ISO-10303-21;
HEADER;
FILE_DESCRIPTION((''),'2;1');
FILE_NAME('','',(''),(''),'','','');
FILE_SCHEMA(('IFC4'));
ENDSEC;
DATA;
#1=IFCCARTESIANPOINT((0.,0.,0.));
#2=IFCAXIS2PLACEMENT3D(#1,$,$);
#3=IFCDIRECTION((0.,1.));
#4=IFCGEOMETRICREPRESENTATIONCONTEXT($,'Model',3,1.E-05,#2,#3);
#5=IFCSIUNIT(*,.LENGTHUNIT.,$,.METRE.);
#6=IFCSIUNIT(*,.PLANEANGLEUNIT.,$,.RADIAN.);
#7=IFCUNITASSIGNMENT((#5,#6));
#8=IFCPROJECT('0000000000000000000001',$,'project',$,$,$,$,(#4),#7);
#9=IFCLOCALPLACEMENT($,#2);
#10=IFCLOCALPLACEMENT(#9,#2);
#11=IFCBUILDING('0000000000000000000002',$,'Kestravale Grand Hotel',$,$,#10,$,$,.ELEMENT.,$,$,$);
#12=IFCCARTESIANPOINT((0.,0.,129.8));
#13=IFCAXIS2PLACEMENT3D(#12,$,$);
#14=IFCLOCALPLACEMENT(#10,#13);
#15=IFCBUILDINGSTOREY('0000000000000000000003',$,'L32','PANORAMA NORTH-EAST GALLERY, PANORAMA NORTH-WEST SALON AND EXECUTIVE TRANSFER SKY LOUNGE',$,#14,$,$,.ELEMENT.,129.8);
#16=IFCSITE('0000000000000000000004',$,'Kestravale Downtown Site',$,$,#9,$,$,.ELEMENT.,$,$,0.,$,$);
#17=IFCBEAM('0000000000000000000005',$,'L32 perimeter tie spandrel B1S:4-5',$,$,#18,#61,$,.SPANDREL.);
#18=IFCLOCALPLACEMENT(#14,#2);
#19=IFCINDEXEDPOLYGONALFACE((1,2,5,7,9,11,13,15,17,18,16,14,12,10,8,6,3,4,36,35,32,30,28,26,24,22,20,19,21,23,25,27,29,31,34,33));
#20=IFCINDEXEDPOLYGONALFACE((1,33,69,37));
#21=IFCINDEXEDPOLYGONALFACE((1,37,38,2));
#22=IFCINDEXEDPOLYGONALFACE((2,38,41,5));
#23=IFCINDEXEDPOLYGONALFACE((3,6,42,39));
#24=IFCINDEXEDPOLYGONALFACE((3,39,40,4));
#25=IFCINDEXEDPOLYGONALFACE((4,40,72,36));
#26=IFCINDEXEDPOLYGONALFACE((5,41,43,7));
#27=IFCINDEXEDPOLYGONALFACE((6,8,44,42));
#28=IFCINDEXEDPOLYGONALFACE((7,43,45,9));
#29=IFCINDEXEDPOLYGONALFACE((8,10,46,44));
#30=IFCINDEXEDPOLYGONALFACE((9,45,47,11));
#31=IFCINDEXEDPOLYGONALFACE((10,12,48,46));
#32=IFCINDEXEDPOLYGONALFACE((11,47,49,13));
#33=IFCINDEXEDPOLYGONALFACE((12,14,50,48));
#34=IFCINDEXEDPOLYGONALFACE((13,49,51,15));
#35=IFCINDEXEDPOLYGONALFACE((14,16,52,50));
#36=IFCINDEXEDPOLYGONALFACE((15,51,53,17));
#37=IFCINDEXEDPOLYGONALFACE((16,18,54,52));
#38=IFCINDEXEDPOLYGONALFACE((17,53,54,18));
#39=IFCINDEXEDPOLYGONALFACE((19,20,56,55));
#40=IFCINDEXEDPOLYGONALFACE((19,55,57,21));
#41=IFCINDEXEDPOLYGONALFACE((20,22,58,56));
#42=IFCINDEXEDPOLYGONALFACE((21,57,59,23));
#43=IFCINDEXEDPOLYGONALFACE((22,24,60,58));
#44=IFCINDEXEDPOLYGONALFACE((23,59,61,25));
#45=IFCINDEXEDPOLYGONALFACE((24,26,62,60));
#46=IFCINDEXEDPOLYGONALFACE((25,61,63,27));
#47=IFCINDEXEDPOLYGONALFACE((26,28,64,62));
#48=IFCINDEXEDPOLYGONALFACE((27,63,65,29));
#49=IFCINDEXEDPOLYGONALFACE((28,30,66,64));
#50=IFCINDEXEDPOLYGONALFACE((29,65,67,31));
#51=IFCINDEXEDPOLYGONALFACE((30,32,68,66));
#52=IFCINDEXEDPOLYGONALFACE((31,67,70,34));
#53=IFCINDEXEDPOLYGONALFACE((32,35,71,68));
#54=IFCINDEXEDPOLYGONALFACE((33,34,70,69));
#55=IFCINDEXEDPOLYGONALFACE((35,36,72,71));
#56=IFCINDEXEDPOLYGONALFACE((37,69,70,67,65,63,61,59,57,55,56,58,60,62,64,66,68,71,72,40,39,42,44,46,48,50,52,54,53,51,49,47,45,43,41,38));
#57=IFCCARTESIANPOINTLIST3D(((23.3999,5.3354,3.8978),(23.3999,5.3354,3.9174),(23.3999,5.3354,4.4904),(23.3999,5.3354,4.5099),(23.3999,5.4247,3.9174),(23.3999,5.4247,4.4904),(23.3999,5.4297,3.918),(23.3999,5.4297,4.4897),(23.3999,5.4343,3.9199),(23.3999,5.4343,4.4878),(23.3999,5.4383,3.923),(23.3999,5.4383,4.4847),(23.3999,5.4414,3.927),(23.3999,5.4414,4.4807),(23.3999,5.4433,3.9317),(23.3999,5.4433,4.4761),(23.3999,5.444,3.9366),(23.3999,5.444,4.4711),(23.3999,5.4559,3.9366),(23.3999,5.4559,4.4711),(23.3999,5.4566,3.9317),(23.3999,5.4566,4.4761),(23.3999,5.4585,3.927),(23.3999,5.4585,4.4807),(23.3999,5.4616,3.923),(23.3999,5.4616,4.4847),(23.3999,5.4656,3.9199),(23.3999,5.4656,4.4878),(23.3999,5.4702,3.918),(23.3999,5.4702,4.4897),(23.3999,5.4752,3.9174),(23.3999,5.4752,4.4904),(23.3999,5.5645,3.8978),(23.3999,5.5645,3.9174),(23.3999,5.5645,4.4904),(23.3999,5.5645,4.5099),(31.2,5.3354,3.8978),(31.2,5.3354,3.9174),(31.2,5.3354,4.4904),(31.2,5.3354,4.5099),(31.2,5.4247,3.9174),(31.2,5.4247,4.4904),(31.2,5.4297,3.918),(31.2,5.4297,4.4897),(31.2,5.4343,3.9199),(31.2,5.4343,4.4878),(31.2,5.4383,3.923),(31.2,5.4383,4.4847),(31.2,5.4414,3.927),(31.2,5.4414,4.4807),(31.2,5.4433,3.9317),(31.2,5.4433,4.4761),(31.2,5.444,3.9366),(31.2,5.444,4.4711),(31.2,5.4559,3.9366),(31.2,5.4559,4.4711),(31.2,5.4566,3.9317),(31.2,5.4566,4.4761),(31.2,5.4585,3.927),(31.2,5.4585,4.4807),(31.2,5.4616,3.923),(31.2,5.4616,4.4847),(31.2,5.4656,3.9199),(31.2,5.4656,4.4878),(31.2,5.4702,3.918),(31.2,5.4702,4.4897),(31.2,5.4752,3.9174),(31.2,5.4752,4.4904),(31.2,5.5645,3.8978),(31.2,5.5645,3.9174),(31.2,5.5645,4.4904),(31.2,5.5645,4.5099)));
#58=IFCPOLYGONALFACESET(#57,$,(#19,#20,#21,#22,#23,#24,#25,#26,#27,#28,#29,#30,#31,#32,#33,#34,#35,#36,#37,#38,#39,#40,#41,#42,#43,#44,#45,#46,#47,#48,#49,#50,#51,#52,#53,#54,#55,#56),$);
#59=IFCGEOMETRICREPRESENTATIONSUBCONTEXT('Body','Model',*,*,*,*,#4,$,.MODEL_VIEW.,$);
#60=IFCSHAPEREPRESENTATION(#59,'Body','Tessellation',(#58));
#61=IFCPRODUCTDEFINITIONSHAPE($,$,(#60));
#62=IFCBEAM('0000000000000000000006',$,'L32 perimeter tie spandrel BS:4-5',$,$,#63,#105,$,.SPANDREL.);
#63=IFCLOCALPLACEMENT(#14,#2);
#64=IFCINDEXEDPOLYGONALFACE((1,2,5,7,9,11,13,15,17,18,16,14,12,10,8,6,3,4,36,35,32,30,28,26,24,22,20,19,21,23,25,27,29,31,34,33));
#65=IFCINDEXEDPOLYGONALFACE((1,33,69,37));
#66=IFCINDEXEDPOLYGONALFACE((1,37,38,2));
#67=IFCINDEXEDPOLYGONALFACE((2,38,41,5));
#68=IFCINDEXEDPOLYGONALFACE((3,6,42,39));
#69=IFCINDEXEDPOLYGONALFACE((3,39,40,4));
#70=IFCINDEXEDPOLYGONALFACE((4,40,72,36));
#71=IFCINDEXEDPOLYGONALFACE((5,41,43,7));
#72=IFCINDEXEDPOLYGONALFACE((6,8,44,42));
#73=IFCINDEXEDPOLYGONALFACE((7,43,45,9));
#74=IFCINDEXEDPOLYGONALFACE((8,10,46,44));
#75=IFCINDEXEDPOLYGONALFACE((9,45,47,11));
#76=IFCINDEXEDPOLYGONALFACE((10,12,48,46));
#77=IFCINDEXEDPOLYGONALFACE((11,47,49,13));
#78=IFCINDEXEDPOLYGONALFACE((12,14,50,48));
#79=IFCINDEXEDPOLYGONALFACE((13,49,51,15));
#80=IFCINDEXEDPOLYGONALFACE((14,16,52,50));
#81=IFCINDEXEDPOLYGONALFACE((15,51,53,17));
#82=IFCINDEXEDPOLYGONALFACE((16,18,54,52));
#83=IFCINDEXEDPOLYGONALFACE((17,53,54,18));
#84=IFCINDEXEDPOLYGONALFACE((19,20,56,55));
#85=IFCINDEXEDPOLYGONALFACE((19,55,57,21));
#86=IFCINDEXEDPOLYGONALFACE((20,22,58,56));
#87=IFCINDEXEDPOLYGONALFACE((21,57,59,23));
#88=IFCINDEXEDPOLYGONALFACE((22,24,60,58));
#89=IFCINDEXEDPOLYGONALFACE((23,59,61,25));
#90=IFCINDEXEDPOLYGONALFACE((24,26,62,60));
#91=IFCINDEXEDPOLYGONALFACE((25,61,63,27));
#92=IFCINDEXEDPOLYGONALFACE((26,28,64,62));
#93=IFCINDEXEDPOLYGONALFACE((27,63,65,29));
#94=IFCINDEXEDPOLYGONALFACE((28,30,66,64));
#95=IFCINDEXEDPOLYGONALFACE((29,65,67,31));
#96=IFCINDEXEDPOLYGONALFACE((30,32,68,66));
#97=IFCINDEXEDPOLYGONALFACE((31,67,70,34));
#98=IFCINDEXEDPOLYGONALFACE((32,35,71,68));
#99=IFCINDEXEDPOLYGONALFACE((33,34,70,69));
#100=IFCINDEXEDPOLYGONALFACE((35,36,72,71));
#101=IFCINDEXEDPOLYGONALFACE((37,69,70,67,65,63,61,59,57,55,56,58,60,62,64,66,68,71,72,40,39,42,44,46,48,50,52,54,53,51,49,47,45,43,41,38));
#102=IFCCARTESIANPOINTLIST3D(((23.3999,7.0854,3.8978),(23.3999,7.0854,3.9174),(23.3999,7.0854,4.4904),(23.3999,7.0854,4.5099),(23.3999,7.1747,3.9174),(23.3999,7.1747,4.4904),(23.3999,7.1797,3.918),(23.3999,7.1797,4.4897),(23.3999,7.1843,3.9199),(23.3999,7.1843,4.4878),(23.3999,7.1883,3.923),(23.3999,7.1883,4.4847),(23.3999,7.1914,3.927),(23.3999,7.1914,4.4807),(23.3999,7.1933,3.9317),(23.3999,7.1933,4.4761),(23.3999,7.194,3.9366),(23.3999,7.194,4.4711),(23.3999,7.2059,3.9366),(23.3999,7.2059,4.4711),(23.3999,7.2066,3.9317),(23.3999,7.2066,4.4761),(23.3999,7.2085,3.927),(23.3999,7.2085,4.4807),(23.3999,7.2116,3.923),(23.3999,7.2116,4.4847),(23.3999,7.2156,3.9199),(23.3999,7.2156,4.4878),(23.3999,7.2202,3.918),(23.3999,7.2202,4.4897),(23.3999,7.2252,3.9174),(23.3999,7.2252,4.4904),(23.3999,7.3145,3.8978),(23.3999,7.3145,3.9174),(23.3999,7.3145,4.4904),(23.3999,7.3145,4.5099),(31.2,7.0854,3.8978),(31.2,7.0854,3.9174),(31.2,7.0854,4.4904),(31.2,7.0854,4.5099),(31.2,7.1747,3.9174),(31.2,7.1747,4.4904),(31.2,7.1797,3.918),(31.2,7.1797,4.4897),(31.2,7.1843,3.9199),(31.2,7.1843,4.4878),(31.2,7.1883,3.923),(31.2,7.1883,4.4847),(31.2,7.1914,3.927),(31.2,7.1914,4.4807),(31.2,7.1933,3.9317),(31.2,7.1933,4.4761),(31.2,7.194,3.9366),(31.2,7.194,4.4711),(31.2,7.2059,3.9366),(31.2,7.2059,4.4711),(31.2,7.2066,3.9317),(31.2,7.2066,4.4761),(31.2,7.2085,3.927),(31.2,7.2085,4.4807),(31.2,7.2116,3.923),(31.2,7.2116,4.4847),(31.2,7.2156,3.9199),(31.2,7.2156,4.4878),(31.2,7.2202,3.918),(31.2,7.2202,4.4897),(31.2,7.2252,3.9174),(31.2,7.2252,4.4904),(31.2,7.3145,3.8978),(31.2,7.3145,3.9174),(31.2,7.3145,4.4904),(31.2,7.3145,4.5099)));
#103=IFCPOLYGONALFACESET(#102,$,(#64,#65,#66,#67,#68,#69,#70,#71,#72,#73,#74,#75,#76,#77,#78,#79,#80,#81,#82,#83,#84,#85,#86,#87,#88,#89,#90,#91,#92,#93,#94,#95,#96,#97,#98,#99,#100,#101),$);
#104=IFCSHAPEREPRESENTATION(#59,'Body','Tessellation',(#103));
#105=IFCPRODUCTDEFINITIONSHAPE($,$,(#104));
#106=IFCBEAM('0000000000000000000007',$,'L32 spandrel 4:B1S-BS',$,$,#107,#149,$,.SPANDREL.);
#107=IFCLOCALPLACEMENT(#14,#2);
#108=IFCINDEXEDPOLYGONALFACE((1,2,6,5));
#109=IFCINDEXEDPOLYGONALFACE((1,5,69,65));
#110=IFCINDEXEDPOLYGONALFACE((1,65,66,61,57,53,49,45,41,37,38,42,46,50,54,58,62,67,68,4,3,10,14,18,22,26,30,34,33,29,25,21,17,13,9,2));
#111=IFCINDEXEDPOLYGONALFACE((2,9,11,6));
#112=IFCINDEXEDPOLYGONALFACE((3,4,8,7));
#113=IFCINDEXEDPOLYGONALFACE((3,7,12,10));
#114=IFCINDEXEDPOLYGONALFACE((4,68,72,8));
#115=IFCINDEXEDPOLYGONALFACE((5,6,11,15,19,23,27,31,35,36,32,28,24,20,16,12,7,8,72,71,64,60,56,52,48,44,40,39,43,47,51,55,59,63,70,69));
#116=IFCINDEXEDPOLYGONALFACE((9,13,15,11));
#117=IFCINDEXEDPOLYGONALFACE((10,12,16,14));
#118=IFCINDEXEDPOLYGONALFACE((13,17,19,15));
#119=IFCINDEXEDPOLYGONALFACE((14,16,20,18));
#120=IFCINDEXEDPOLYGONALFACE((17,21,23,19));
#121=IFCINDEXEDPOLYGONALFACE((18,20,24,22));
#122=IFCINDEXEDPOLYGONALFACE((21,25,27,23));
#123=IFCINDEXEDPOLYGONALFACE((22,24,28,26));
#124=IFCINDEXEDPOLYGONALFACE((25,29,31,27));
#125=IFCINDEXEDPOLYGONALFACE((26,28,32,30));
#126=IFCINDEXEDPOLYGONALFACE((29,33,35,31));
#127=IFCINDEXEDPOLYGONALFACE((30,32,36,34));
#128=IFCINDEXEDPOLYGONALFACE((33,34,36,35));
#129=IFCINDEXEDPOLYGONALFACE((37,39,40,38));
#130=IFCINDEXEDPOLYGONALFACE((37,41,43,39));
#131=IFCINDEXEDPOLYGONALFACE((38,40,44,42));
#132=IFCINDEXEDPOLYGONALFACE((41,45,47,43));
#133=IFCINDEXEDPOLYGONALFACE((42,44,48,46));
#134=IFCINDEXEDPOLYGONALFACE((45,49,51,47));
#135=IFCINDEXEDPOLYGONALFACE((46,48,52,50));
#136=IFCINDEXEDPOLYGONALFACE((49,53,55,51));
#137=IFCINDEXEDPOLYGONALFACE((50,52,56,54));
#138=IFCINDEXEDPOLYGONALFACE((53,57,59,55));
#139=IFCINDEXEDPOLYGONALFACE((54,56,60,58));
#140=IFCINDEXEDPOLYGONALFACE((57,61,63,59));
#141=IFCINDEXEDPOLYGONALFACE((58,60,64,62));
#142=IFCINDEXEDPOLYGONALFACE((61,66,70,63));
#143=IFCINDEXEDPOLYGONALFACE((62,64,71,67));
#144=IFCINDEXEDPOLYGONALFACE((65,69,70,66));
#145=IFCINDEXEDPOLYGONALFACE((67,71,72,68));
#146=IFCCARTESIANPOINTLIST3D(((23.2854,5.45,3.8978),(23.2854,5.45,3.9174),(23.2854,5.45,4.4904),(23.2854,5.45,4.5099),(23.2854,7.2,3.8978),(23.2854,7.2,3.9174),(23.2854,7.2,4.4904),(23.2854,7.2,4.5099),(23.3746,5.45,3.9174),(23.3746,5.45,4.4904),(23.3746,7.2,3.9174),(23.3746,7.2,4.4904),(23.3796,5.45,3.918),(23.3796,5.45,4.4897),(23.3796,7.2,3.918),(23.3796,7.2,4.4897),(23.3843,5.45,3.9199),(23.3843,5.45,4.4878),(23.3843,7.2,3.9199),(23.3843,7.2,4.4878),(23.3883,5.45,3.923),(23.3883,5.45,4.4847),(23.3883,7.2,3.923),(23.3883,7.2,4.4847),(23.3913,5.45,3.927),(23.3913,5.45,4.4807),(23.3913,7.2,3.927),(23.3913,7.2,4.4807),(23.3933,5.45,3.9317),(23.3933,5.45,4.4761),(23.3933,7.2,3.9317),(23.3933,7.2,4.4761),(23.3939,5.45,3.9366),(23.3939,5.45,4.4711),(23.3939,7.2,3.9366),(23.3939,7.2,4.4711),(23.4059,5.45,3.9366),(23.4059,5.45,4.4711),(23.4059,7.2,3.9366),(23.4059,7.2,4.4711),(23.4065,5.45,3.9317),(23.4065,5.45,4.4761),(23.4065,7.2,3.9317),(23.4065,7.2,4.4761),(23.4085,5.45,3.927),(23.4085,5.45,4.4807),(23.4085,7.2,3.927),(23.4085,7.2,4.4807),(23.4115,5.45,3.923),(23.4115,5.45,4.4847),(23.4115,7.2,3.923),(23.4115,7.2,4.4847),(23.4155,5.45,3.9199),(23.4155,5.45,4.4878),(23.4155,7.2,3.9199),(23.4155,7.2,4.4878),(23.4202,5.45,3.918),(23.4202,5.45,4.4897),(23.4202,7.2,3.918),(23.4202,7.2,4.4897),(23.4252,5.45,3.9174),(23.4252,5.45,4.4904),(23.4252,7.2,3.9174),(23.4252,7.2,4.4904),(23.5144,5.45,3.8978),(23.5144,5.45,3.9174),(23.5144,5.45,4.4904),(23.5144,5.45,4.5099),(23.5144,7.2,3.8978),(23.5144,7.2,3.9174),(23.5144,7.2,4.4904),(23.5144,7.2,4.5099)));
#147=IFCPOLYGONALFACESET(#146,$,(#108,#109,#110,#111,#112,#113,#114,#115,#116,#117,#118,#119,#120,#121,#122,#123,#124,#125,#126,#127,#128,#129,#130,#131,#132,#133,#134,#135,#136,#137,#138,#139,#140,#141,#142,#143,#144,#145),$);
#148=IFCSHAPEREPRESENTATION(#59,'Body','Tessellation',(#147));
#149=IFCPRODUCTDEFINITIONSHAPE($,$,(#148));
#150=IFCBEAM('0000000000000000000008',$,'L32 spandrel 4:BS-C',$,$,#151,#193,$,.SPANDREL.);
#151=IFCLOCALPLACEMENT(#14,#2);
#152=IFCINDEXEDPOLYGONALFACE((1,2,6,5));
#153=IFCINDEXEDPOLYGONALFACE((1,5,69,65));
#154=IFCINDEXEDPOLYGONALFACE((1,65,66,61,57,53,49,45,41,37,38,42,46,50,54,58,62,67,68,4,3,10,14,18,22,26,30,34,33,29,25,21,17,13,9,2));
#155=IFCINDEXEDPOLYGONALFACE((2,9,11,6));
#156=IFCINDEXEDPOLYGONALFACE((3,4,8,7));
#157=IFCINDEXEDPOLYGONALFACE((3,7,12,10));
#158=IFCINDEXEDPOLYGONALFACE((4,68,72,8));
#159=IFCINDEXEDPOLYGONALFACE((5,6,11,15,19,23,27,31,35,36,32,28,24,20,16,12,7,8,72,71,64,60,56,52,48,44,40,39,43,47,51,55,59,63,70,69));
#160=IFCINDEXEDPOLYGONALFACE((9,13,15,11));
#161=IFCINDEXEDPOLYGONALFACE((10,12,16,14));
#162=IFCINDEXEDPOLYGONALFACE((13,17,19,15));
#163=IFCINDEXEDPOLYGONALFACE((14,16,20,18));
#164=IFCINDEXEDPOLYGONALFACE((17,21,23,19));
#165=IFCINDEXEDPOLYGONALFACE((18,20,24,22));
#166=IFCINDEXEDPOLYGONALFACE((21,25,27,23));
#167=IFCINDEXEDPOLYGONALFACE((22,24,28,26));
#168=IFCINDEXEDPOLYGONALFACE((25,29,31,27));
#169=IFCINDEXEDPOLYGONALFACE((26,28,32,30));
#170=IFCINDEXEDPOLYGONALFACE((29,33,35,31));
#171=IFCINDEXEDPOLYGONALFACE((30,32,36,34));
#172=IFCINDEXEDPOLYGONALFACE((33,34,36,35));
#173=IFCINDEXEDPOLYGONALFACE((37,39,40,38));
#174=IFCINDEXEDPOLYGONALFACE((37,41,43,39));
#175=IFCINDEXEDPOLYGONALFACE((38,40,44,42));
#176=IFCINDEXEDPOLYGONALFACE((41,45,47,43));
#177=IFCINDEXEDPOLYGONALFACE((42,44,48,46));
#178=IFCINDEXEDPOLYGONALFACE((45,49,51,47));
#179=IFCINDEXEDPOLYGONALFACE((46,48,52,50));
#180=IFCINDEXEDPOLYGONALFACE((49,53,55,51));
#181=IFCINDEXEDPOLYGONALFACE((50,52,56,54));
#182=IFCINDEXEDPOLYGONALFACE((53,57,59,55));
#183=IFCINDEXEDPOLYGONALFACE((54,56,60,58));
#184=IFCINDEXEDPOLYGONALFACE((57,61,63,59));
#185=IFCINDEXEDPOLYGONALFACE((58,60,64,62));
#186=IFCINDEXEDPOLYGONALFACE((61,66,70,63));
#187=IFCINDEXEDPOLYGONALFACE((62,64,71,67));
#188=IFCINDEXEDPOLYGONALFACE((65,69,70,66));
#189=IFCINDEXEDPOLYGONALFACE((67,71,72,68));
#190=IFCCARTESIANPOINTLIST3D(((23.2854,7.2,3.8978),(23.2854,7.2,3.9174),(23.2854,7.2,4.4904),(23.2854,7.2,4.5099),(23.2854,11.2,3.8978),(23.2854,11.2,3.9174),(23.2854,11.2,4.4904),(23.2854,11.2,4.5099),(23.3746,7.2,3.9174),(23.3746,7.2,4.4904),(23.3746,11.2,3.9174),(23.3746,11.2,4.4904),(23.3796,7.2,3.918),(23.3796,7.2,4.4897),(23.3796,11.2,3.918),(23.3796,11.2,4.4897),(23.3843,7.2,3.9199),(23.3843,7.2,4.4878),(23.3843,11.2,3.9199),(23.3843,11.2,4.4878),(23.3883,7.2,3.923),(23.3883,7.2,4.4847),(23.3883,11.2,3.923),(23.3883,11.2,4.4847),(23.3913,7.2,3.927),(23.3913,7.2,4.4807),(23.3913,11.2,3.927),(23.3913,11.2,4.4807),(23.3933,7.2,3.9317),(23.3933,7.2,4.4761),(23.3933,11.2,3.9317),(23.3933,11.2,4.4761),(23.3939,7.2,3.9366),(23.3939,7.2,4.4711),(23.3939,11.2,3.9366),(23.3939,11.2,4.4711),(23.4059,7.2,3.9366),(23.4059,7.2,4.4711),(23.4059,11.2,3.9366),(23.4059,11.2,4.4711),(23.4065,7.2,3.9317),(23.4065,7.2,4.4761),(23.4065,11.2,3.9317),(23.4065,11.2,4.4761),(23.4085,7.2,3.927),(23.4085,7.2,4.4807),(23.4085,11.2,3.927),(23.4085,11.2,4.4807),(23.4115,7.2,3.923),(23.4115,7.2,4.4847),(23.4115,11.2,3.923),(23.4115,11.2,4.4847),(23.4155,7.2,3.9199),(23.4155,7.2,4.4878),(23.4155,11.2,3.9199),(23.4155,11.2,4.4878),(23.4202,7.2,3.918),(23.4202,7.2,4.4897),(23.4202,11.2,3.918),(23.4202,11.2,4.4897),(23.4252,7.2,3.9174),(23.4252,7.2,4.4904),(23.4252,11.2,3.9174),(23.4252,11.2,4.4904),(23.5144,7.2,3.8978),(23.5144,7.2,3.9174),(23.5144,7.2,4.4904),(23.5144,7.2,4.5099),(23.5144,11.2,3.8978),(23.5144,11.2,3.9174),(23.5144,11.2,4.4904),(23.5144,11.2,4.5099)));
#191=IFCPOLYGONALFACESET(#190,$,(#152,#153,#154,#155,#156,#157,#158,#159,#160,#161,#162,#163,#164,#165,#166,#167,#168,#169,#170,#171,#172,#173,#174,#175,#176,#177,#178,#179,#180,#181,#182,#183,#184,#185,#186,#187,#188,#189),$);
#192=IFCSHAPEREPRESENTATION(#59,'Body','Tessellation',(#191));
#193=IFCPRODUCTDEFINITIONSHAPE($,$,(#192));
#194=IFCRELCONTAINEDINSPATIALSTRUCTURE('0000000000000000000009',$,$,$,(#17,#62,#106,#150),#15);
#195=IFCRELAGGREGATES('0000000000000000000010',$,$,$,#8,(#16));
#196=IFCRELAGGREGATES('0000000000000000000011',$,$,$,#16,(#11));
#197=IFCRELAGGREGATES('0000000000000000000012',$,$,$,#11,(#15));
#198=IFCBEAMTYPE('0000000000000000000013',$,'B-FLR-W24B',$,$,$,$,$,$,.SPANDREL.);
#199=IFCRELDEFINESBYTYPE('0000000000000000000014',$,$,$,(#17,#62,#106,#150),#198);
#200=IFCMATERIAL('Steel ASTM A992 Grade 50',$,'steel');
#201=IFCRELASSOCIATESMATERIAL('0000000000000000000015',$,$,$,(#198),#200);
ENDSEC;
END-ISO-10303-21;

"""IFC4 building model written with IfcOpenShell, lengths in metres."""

from ifc_helpers import new_model, si_unit, direction, frame, origin, origin_2d, place, context, subcontext, project, spatial, i_section, extrude, material, material_profile, profile_set, type_object, element, save


model = new_model("IFC4")

# Units and contexts
model_context = context("Model", 3, precision=1e-05, world=origin(), true_north=direction((0.0, 1.0)))
body_context = subcontext(model_context, "Body", "Model", "MODEL_VIEW")
ifc_project = project(units=[si_unit("LENGTHUNIT", "METRE"), si_unit("PLANEANGLEUNIT", "RADIAN")], contexts=[model_context])

# Site, building, storey
site_placement = place(None, origin())
site = spatial("IfcSite", under=ifc_project, at=site_placement, Name="Kestravale Downtown Site", CompositionType="ELEMENT", RefElevation=0.0)
building_placement = place(site_placement, origin())
building = spatial("IfcBuilding", under=site, at=building_placement, Name="Kestravale Grand Hotel", CompositionType="ELEMENT")
storey_placement = place(building_placement, frame((0.0, 0.0, 129.8)))
storey = spatial("IfcBuildingStorey", under=building, at=storey_placement, Name="L32", Description="PANORAMA NORTH-EAST GALLERY, PANORAMA NORTH-WEST SALON AND EXECUTIVE TRANSFER SKY LOUNGE", CompositionType="ELEMENT", Elevation=129.8)

# Beams
ifc_material_1 = material(Name="Steel ASTM A992 Grade 50", Category="steel")
ifc_material_profile_1 = material_profile(ifc_material_1, i_section(OverallWidth=0.229, OverallDepth=0.6121, WebThickness=0.012, FlangeThickness=0.0195, FilletRadius=0.0193, at=origin_2d()))
ifc_profile_set_1 = profile_set([ifc_material_profile_1], Name="Steel ASTM A992 Grade 50")
beam_type_1 = type_object("IfcBeamType", Name="B-FLR-W24B", PredefinedType="SPANDREL", material=ifc_profile_set_1)
for number, where, z_axis, x_axis, name in (
    (1, (23.3999, 5.45, 4.2039), (1.0, 0.0, 0.0), (0.0, 1.0, 0.0), "L32 perimeter tie spandrel B1S:4-5"),
    (2, (23.3999, 7.2, 4.2039), (1.0, 0.0, 0.0), (0.0, 1.0, 0.0), "L32 perimeter tie spandrel BS:4-5"),
):
    element("IfcBeam", number, at=place(storey_placement, frame(where, z_axis=z_axis, x_axis=x_axis)), inside=storey, type_object=beam_type_1, Name=name, PredefinedType="SPANDREL", context=body_context, shape_type="SweptSolid", body=[
        extrude(i_section(OverallWidth=0.229, OverallDepth=0.6121, WebThickness=0.012, FlangeThickness=0.0195, FilletRadius=0.0193, at=origin_2d()), origin(), (0.0, 0.0, 1.0), 7.8),
    ])
beam_1_placement = place(storey_placement, frame((23.3999, 5.45, 4.2039), z_axis=(0.0, 1.0, 0.0), x_axis=(-1.0, 0.0, 0.0)))
element("IfcBeam", 3, at=beam_1_placement, inside=storey, type_object=beam_type_1, Name="L32 spandrel 4:B1S-BS", PredefinedType="SPANDREL", context=body_context, shape_type="SweptSolid", body=[
    extrude(i_section(OverallWidth=0.229, OverallDepth=0.6121, WebThickness=0.012, FlangeThickness=0.0195, FilletRadius=0.0193, at=origin_2d()), origin(), (0.0, 0.0, 1.0), 1.75),
])
beam_2_placement = place(storey_placement, frame((23.3999, 7.2, 4.2039), z_axis=(0.0, 1.0, 0.0), x_axis=(-1.0, 0.0, 0.0)))
element("IfcBeam", 4, at=beam_2_placement, inside=storey, type_object=beam_type_1, Name="L32 spandrel 4:BS-C", PredefinedType="SPANDREL", context=body_context, shape_type="SweptSolid", body=[
    extrude(i_section(OverallWidth=0.229, OverallDepth=0.6121, WebThickness=0.012, FlangeThickness=0.0195, FilletRadius=0.0193, at=origin_2d()), origin(), (0.0, 0.0, 1.0), 4.0),
])

save(model, "model.ifc")
